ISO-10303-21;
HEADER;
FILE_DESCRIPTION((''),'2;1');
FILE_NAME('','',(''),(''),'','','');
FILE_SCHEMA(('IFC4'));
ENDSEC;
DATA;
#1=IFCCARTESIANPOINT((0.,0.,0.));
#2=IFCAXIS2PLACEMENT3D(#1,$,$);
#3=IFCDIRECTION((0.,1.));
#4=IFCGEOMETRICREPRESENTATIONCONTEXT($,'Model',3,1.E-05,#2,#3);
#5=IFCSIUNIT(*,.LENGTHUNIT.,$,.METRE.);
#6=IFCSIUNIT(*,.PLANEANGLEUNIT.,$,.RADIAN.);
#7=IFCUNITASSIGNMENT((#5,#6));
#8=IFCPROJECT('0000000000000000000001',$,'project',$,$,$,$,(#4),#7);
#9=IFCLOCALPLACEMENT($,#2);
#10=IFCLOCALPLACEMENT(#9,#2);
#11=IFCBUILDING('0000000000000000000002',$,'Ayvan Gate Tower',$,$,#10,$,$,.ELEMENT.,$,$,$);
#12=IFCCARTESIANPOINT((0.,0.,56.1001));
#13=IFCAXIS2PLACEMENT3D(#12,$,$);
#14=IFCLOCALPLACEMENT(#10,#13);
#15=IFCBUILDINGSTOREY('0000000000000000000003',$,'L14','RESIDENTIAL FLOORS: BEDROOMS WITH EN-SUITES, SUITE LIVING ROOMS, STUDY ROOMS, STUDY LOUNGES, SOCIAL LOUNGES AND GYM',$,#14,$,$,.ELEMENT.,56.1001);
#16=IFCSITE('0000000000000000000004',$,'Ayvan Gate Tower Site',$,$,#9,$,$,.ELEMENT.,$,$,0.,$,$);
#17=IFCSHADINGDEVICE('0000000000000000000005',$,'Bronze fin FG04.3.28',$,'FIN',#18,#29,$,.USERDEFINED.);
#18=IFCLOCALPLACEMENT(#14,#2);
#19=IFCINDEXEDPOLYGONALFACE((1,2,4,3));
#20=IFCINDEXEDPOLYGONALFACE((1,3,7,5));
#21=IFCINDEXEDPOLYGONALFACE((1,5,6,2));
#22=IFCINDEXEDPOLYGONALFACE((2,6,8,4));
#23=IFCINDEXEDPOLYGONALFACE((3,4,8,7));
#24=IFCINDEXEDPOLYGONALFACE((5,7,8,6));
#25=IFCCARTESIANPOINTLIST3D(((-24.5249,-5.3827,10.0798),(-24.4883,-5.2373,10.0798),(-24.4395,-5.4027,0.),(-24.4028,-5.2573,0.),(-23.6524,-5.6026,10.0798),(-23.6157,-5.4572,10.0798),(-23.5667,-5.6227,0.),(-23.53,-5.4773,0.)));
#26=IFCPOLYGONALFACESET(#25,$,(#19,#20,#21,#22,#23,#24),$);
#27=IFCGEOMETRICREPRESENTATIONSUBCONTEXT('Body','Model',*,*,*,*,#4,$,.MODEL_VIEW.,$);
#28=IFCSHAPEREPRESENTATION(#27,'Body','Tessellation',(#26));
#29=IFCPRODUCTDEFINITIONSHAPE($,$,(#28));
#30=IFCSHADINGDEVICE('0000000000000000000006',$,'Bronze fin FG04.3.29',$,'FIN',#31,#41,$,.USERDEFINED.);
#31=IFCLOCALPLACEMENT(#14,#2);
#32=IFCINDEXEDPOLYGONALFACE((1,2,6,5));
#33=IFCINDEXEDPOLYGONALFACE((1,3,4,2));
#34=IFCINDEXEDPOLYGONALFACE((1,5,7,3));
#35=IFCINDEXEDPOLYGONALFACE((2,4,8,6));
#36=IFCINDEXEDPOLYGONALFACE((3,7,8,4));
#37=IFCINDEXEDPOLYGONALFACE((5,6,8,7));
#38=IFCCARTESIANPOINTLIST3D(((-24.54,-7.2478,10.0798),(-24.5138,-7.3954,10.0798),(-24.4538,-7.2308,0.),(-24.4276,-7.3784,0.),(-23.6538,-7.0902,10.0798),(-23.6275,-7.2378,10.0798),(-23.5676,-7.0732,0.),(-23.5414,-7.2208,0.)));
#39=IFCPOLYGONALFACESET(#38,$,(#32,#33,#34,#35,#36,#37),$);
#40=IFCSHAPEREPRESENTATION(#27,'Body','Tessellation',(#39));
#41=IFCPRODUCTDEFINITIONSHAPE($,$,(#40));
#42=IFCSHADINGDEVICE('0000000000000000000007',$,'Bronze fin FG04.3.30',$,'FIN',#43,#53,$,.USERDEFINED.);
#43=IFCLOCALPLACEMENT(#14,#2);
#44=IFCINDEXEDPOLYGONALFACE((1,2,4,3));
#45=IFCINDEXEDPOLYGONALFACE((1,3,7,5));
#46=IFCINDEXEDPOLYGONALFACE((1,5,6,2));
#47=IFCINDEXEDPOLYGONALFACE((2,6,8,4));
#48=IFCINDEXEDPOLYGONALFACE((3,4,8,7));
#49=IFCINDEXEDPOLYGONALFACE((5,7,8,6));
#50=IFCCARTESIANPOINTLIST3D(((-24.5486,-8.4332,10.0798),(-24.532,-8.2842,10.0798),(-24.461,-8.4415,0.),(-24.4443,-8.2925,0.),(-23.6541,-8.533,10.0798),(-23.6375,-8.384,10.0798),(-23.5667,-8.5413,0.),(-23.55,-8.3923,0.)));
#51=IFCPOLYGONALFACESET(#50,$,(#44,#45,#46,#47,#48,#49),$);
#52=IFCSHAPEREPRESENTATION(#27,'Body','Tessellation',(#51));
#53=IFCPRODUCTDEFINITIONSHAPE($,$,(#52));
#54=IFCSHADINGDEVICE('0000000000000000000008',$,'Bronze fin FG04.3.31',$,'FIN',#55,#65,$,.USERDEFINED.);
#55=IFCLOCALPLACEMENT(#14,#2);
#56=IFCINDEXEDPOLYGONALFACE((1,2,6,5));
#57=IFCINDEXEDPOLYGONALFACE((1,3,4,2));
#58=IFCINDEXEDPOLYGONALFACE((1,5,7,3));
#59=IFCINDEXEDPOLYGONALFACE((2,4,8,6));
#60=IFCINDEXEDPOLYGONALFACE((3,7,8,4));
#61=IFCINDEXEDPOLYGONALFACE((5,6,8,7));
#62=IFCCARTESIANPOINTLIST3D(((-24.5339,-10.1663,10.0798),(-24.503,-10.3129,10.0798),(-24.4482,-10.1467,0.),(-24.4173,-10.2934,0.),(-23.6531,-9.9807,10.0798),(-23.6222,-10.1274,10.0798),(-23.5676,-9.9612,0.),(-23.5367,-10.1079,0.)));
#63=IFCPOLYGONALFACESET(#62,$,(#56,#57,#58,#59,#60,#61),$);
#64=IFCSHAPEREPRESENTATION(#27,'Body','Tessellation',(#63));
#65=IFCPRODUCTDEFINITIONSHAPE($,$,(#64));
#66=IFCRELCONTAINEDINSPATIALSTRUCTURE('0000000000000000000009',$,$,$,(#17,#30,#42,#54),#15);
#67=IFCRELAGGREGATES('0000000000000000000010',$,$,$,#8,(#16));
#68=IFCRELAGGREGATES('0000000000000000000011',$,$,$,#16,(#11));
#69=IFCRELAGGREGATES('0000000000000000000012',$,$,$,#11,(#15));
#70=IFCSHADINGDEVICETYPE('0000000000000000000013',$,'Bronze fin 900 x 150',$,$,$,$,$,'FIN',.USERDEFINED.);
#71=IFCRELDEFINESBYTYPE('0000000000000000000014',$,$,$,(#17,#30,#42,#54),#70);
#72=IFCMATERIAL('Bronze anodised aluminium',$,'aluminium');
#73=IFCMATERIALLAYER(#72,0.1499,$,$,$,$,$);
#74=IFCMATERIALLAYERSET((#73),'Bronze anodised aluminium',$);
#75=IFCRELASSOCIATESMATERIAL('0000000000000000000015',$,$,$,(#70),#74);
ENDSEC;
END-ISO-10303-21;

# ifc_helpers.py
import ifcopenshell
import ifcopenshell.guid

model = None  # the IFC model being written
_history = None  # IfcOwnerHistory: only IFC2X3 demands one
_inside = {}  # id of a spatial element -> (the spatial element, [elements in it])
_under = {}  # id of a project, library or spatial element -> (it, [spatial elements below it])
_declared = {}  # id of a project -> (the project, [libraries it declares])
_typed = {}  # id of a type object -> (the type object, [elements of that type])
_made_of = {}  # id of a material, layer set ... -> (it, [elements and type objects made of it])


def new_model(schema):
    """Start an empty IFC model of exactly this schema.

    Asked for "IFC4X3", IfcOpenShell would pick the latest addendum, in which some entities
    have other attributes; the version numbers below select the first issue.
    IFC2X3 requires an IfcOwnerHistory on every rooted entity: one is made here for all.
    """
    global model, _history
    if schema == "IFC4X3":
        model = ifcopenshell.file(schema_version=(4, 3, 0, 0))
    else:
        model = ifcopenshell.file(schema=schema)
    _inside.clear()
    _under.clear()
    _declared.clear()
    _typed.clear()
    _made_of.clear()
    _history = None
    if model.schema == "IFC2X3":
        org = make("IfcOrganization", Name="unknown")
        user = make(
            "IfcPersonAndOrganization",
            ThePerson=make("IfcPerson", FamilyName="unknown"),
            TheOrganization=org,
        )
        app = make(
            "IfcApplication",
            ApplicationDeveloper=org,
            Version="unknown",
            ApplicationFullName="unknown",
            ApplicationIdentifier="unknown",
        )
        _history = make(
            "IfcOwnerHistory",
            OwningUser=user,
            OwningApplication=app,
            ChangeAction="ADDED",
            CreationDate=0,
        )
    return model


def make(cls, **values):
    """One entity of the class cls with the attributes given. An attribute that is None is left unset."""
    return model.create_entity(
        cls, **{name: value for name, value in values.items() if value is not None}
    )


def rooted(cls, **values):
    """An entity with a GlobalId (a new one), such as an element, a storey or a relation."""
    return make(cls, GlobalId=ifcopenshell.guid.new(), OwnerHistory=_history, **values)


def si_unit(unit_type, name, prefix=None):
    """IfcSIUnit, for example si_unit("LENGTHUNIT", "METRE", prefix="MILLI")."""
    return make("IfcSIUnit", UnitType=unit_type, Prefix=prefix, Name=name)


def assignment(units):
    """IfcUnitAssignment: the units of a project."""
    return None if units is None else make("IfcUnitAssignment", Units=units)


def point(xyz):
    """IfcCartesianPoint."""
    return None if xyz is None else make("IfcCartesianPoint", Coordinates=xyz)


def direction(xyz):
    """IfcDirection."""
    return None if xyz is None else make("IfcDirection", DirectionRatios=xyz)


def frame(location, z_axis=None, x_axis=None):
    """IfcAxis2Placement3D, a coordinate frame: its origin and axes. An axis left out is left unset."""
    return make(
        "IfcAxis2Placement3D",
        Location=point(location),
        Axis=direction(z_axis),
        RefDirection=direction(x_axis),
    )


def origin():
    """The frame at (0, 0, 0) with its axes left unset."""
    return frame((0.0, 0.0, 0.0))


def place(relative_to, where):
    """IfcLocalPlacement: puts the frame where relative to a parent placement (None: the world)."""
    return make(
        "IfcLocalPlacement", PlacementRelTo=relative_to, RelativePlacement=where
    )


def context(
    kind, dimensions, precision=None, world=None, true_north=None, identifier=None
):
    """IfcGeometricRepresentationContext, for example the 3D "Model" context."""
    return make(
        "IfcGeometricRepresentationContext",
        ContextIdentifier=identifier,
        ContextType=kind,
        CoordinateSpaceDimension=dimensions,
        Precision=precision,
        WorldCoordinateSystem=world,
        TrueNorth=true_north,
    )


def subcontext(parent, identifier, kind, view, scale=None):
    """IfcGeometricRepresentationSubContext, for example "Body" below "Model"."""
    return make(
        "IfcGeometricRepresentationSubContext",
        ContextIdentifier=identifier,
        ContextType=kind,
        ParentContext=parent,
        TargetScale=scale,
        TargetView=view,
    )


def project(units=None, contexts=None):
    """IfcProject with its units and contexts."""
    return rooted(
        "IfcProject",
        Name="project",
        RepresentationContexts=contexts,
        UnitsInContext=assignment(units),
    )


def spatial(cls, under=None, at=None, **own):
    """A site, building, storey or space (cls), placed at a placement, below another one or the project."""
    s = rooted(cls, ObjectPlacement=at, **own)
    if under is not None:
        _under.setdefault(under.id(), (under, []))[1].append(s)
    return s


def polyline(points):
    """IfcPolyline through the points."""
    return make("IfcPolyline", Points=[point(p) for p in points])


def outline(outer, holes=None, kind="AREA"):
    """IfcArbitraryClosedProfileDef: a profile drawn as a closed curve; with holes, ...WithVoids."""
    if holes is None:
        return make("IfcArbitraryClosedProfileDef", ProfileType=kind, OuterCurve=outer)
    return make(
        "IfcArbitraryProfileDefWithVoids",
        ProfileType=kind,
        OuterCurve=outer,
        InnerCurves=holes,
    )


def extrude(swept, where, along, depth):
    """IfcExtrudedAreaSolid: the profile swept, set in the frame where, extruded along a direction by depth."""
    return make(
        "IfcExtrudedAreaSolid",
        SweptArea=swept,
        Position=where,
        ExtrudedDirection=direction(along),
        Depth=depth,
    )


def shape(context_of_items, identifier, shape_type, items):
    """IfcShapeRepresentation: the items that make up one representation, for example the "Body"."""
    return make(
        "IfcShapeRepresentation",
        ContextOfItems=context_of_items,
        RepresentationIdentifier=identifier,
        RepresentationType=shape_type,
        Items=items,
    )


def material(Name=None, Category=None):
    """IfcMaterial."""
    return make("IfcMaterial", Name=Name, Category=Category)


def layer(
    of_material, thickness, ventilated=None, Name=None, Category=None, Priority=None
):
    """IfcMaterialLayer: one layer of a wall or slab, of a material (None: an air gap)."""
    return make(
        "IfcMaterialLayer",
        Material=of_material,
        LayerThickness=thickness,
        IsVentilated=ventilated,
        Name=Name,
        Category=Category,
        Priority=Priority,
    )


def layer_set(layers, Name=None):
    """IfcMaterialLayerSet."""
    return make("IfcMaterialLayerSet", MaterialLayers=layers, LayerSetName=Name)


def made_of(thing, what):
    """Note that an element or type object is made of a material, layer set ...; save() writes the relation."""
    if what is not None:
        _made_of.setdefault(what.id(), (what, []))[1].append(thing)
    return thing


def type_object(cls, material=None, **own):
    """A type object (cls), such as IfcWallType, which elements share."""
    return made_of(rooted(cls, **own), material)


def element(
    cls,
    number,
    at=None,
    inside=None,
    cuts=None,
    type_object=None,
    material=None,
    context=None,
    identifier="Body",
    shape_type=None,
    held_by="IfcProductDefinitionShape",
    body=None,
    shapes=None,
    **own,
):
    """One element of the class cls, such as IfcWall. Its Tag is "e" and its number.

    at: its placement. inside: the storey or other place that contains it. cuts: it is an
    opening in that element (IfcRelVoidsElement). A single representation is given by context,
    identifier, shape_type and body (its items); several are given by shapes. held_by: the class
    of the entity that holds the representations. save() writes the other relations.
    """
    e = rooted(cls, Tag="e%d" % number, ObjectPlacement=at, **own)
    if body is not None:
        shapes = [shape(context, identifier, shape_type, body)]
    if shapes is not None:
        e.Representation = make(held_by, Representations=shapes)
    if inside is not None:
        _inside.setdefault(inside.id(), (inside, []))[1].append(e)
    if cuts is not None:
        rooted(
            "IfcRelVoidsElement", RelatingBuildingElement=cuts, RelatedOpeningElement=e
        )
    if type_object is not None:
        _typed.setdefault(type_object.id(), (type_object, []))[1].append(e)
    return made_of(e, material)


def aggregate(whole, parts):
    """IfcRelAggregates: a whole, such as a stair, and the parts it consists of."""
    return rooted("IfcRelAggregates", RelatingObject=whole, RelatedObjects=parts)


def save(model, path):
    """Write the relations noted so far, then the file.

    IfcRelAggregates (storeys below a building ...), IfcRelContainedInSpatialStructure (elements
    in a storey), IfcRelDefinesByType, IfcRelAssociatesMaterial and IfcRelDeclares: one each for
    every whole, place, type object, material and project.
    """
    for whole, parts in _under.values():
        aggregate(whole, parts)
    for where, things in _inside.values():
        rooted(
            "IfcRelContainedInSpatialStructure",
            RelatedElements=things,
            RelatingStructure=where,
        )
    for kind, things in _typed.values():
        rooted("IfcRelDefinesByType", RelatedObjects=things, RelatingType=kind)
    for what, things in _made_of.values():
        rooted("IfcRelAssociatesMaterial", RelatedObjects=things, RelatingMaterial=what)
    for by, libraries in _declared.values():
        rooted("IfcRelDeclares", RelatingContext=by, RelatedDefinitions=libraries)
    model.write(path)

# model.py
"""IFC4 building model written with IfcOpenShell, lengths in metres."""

from ifc_helpers import new_model, si_unit, direction, frame, origin, place, context, subcontext, project, spatial, polyline, outline, extrude, material, layer, layer_set, type_object, element, save


model = new_model("IFC4")

# Units and contexts
model_context = context("Model", 3, precision=1e-05, world=origin(), true_north=direction((0.0, 1.0)))
body_context = subcontext(model_context, "Body", "Model", "MODEL_VIEW")
ifc_project = project(units=[si_unit("LENGTHUNIT", "METRE"), si_unit("PLANEANGLEUNIT", "RADIAN")], contexts=[model_context])

# Site, building, storey
site_placement = place(None, origin())
site = spatial("IfcSite", under=ifc_project, at=site_placement, Name="Ayvan Gate Tower Site", CompositionType="ELEMENT", RefElevation=0.0)
building_placement = place(site_placement, origin())
building = spatial("IfcBuilding", under=site, at=building_placement, Name="Ayvan Gate Tower", CompositionType="ELEMENT")
storey_placement = place(building_placement, frame((0.0, 0.0, 56.1001)))
storey = spatial("IfcBuildingStorey", under=building, at=storey_placement, Name="L14", Description="RESIDENTIAL FLOORS: BEDROOMS WITH EN-SUITES, SUITE LIVING ROOMS, STUDY ROOMS, STUDY LOUNGES, SOCIAL LOUNGES AND GYM", CompositionType="ELEMENT", Elevation=56.1001)

# Shared definitions
ifc_material_1 = material(Name="Bronze anodised aluminium", Category="aluminium")

# Shading devices
ifc_layer_1 = layer(ifc_material_1, 0.1499)
ifc_layer_set_1 = layer_set([ifc_layer_1], Name="Bronze anodised aluminium")
shading_device_type = type_object("IfcShadingDeviceType", Name="Bronze fin 900 x 150", ElementType="FIN", PredefinedType="USERDEFINED", material=ifc_layer_set_1)
shading_device_1_placement = place(storey_placement, frame((-23.53, -5.4773, 0.0), z_axis=(0.244418, 0.96967, 0.000149), x_axis=(-0.96967, 0.244418, 0.0)))
element("IfcShadingDevice", 1, at=shading_device_1_placement, inside=storey, type_object=shading_device_type, Name="Bronze fin FG04.3.28", ObjectType="FIN", PredefinedType="USERDEFINED", context=body_context, shape_type="SweptSolid", body=[
    extrude(outline(polyline([(0.0, 0.0), (0.9001, 0.0), (0.9878, 10.0798), (0.088, 10.0798), (0.0, 0.0)])), origin(), (0.0, 0.0, -1.0), 0.1499),
])
shading_device_2_placement = place(storey_placement, frame((-23.5676, -7.0732, 0.0), z_axis=(-0.175077, 0.984555, 0.00016), x_axis=(-0.984555, -0.175077, 0.0)))
element("IfcShadingDevice", 2, at=shading_device_2_placement, inside=storey, type_object=shading_device_type, Name="Bronze fin FG04.3.29", ObjectType="FIN", PredefinedType="USERDEFINED", context=body_context, shape_type="SweptSolid", body=[
    extrude(outline(polyline([(0.0, 0.0), (0.9001, 0.0), (0.988, 10.0798), (0.0878, 10.0798), (0.0, 0.0)])), origin(), (0.0, 0.0, -1.0), 0.1499),
])
shading_device_3_placement = place(storey_placement, frame((-23.55, -8.3923, 0.0), z_axis=(0.110953, 0.993826, 0.000145), x_axis=(-0.993826, 0.110953, 0.0)))
element("IfcShadingDevice", 3, at=shading_device_3_placement, inside=storey, type_object=shading_device_type, Name="Bronze fin FG04.3.30", ObjectType="FIN", PredefinedType="USERDEFINED", context=body_context, shape_type="SweptSolid", body=[
    extrude(outline(polyline([(0.0, 0.0), (0.8998, 0.0), (0.9879, 10.0798), (0.0878, 10.0798), (0.0, 0.0)])), origin(), (0.0, 0.0, -1.0), 0.1499),
])
shading_device_4_placement = place(storey_placement, frame((-23.5676, -9.9612, 0.0), z_axis=(-0.206147, 0.978521, 0.000146), x_axis=(-0.978521, -0.206147, 0.0)))
element("IfcShadingDevice", 4, at=shading_device_4_placement, inside=storey, type_object=shading_device_type, Name="Bronze fin FG04.3.31", ObjectType="FIN", PredefinedType="USERDEFINED", context=body_context, shape_type="SweptSolid", body=[
    extrude(outline(polyline([(0.0, 0.0), (0.9, 0.0), (0.9878, 10.0798), (0.0876, 10.0798), (0.0, 0.0)])), origin(), (0.0, 0.0, -1.0), 0.1499),
])

save(model, "model.ifc")
